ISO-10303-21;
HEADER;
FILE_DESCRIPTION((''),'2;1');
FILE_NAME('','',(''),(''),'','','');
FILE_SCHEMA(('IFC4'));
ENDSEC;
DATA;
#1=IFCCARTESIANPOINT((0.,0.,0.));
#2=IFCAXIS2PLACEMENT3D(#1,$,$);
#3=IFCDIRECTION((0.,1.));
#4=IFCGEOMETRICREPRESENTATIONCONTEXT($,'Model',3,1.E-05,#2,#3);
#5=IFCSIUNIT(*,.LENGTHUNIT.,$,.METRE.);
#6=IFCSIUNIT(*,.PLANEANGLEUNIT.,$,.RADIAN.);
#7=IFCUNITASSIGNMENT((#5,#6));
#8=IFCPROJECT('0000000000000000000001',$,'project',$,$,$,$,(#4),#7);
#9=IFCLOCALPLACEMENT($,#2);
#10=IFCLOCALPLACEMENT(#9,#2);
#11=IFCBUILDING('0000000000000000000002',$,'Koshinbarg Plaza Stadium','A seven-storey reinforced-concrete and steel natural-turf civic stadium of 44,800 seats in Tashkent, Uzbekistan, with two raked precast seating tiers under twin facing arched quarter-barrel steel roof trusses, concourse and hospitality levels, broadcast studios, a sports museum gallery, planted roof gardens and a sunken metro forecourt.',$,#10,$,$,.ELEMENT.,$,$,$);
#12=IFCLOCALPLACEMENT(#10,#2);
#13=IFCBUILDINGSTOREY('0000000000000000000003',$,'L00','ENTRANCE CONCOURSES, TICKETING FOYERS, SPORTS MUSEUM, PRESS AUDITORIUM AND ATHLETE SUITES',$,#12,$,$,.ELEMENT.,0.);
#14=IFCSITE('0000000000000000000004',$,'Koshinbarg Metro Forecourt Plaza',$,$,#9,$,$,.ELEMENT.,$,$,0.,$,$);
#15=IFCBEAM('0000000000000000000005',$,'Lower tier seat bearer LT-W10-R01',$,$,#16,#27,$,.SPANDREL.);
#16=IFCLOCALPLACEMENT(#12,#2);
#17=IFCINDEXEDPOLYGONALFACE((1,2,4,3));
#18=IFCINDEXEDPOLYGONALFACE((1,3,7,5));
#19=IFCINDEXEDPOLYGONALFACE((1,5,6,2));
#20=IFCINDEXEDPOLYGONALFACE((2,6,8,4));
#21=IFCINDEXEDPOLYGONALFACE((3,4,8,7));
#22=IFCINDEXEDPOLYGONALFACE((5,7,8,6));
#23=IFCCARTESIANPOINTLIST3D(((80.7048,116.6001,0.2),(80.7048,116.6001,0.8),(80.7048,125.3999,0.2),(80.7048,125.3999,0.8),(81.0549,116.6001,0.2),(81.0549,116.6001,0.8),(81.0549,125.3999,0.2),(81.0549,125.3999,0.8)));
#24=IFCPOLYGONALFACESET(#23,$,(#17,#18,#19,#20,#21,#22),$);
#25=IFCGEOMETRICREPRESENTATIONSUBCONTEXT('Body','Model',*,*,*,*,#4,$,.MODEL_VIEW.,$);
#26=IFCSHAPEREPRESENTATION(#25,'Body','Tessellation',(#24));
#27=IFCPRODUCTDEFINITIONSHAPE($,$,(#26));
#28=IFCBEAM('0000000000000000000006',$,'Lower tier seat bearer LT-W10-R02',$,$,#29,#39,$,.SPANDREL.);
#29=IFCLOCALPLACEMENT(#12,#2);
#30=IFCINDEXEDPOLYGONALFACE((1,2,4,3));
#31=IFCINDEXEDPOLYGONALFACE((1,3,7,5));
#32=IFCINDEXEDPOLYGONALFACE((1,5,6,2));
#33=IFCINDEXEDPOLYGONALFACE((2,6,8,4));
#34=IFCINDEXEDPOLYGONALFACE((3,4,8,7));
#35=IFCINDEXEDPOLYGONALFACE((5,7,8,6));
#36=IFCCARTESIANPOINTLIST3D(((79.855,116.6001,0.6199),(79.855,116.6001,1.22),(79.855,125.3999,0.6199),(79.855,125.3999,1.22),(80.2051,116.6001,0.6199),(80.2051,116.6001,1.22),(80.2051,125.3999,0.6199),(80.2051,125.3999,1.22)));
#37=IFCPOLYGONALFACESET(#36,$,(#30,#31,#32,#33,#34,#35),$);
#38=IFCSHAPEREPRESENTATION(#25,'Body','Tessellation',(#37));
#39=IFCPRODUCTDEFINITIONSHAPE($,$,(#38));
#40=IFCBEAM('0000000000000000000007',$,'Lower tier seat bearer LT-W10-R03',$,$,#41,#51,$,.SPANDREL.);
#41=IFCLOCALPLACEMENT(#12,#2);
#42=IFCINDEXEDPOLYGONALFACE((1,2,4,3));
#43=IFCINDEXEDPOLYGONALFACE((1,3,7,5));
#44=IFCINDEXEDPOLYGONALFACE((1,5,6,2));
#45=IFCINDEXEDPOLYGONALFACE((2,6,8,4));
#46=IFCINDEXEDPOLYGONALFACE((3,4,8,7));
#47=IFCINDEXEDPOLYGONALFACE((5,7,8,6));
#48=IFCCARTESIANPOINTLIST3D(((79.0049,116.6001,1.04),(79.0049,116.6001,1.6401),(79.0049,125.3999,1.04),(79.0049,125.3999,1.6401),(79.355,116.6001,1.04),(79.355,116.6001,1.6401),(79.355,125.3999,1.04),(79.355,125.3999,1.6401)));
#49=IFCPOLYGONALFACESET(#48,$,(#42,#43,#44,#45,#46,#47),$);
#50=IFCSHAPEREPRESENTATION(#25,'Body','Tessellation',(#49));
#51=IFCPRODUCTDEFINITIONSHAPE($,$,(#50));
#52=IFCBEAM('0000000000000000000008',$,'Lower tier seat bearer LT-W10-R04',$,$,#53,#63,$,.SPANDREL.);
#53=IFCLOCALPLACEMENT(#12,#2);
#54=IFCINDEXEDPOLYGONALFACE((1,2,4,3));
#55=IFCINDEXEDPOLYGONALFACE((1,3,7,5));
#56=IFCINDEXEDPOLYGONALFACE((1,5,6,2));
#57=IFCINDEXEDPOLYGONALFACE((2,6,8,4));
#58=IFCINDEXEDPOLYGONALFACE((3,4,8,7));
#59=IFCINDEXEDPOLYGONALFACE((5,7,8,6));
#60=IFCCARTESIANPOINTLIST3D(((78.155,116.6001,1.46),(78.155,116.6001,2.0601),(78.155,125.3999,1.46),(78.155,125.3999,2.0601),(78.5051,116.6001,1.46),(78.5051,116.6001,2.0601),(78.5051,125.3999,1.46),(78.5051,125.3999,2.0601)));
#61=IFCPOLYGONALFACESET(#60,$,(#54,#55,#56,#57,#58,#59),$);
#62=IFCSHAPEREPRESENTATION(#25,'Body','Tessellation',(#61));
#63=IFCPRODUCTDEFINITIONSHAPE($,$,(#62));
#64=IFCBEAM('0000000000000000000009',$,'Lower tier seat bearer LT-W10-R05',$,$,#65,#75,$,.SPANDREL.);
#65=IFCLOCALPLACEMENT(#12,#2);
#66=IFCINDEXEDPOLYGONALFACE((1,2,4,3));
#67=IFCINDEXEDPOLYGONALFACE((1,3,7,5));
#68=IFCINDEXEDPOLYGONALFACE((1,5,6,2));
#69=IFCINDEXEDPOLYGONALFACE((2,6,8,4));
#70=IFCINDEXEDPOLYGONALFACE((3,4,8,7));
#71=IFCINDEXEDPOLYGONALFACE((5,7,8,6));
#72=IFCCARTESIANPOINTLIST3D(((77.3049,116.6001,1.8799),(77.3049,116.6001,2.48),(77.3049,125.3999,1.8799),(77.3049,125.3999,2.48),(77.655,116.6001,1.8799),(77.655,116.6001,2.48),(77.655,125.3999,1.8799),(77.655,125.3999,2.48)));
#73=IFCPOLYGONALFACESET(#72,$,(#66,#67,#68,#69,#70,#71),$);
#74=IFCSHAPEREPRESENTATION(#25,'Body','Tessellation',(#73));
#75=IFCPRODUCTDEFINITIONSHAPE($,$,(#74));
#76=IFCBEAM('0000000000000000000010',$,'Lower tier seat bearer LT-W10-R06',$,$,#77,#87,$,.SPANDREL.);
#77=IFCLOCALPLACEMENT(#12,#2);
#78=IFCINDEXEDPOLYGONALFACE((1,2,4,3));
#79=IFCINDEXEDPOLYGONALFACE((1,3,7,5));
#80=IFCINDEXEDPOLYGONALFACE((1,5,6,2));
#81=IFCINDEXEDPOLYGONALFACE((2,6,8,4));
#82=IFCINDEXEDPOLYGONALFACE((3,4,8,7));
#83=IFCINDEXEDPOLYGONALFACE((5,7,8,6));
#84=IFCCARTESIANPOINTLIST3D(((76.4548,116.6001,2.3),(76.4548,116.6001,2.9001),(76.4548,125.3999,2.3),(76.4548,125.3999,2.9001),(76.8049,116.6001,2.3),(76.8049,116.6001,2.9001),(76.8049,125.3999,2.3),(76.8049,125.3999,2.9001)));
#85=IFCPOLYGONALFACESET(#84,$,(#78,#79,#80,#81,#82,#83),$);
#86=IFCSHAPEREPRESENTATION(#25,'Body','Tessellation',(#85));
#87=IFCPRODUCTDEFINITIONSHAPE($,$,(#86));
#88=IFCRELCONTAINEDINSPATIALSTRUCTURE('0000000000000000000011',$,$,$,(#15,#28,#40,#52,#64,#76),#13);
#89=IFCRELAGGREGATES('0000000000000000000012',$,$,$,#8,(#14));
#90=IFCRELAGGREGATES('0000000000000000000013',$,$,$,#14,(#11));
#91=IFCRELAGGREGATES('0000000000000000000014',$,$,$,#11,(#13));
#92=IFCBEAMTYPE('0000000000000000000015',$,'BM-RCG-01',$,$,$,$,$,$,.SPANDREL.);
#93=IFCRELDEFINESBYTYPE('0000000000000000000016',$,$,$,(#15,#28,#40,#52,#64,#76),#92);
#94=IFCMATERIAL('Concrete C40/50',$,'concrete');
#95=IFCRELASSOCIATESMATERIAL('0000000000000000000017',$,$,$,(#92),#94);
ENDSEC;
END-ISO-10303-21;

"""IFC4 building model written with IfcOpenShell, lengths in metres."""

from ifc_helpers import new_model, si_unit, direction, frame, origin, origin_2d, place, context, subcontext, project, spatial, rectangle, extrude, material, material_profile, profile_set, type_object, element, save


model = new_model("IFC4")

# Units and contexts
model_context = context("Model", 3, precision=1e-05, world=origin(), true_north=direction((0.0, 1.0)))
body_context = subcontext(model_context, "Body", "Model", "MODEL_VIEW")
ifc_project = project(units=[si_unit("LENGTHUNIT", "METRE"), si_unit("PLANEANGLEUNIT", "RADIAN")], contexts=[model_context])

# Site, building, storey
site_placement = place(None, origin())
site = spatial("IfcSite", under=ifc_project, at=site_placement, Name="Koshinbarg Metro Forecourt Plaza", CompositionType="ELEMENT", RefElevation=0.0)
building_placement = place(site_placement, origin())
building = spatial("IfcBuilding", under=site, at=building_placement, Name="Koshinbarg Plaza Stadium", Description="A seven-storey reinforced-concrete and steel natural-turf civic stadium of 44,800 seats in Tashkent, Uzbekistan, with two raked precast seating tiers under twin facing arched quarter-barrel steel roof trusses, concourse and hospitality levels, broadcast studios, a sports museum gallery, planted roof gardens and a sunken metro forecourt.", CompositionType="ELEMENT")
storey_placement = place(building_placement, origin())
storey = spatial("IfcBuildingStorey", under=building, at=storey_placement, Name="L00", Description="ENTRANCE CONCOURSES, TICKETING FOYERS, SPORTS MUSEUM, PRESS AUDITORIUM AND ATHLETE SUITES", CompositionType="ELEMENT", Elevation=0.0)

# Shared definitions
ifc_material_1 = material(Name="Concrete C40/50", Category="concrete")

# Beams
ifc_material_profile_1 = material_profile(ifc_material_1, rectangle(XDim=0.3501, YDim=0.6001, at=origin_2d()), Name="RC 350x600")
ifc_profile_set_1 = profile_set([ifc_material_profile_1], Name="Concrete C40/50")
beam_type = type_object("IfcBeamType", Name="BM-RCG-01", PredefinedType="SPANDREL", material=ifc_profile_set_1)
for number, where, z_axis, x_axis, name in (
    (1, (80.8799, 116.6001, 0.5), (0.0, 1.0, 0.0), (-1.0, 0.0, 0.0), "Lower tier seat bearer LT-W10-R01"),
    (2, (80.03, 116.6001, 0.9199), (0.0, 1.0, 0.0), (-1.0, 0.0, 0.0), "Lower tier seat bearer LT-W10-R02"),
    (3, (79.1799, 116.6001, 1.3401), (0.0, 1.0, 0.0), (-1.0, 0.0, 0.0), "Lower tier seat bearer LT-W10-R03"),
    (4, (78.3301, 116.6001, 1.76), (0.0, 1.0, 0.0), (-1.0, 0.0, 0.0), "Lower tier seat bearer LT-W10-R04"),
    (5, (77.48, 116.6001, 2.1799), (0.0, 1.0, 0.0), (-1.0, 0.0, 0.0), "Lower tier seat bearer LT-W10-R05"),
    (6, (76.6299, 116.6001, 2.6001), (0.0, 1.0, 0.0), (-1.0, 0.0, 0.0), "Lower tier seat bearer LT-W10-R06"),
):
    element("IfcBeam", number, at=place(storey_placement, frame(where, z_axis=z_axis, x_axis=x_axis)), inside=storey, type_object=beam_type, Name=name, PredefinedType="SPANDREL", context=body_context, shape_type="SweptSolid", body=[
        extrude(rectangle(XDim=0.3501, YDim=0.6001, at=origin_2d()), origin(), (0.0, 0.0, 1.0), 8.7998),
    ])

save(model, "model.ifc")
